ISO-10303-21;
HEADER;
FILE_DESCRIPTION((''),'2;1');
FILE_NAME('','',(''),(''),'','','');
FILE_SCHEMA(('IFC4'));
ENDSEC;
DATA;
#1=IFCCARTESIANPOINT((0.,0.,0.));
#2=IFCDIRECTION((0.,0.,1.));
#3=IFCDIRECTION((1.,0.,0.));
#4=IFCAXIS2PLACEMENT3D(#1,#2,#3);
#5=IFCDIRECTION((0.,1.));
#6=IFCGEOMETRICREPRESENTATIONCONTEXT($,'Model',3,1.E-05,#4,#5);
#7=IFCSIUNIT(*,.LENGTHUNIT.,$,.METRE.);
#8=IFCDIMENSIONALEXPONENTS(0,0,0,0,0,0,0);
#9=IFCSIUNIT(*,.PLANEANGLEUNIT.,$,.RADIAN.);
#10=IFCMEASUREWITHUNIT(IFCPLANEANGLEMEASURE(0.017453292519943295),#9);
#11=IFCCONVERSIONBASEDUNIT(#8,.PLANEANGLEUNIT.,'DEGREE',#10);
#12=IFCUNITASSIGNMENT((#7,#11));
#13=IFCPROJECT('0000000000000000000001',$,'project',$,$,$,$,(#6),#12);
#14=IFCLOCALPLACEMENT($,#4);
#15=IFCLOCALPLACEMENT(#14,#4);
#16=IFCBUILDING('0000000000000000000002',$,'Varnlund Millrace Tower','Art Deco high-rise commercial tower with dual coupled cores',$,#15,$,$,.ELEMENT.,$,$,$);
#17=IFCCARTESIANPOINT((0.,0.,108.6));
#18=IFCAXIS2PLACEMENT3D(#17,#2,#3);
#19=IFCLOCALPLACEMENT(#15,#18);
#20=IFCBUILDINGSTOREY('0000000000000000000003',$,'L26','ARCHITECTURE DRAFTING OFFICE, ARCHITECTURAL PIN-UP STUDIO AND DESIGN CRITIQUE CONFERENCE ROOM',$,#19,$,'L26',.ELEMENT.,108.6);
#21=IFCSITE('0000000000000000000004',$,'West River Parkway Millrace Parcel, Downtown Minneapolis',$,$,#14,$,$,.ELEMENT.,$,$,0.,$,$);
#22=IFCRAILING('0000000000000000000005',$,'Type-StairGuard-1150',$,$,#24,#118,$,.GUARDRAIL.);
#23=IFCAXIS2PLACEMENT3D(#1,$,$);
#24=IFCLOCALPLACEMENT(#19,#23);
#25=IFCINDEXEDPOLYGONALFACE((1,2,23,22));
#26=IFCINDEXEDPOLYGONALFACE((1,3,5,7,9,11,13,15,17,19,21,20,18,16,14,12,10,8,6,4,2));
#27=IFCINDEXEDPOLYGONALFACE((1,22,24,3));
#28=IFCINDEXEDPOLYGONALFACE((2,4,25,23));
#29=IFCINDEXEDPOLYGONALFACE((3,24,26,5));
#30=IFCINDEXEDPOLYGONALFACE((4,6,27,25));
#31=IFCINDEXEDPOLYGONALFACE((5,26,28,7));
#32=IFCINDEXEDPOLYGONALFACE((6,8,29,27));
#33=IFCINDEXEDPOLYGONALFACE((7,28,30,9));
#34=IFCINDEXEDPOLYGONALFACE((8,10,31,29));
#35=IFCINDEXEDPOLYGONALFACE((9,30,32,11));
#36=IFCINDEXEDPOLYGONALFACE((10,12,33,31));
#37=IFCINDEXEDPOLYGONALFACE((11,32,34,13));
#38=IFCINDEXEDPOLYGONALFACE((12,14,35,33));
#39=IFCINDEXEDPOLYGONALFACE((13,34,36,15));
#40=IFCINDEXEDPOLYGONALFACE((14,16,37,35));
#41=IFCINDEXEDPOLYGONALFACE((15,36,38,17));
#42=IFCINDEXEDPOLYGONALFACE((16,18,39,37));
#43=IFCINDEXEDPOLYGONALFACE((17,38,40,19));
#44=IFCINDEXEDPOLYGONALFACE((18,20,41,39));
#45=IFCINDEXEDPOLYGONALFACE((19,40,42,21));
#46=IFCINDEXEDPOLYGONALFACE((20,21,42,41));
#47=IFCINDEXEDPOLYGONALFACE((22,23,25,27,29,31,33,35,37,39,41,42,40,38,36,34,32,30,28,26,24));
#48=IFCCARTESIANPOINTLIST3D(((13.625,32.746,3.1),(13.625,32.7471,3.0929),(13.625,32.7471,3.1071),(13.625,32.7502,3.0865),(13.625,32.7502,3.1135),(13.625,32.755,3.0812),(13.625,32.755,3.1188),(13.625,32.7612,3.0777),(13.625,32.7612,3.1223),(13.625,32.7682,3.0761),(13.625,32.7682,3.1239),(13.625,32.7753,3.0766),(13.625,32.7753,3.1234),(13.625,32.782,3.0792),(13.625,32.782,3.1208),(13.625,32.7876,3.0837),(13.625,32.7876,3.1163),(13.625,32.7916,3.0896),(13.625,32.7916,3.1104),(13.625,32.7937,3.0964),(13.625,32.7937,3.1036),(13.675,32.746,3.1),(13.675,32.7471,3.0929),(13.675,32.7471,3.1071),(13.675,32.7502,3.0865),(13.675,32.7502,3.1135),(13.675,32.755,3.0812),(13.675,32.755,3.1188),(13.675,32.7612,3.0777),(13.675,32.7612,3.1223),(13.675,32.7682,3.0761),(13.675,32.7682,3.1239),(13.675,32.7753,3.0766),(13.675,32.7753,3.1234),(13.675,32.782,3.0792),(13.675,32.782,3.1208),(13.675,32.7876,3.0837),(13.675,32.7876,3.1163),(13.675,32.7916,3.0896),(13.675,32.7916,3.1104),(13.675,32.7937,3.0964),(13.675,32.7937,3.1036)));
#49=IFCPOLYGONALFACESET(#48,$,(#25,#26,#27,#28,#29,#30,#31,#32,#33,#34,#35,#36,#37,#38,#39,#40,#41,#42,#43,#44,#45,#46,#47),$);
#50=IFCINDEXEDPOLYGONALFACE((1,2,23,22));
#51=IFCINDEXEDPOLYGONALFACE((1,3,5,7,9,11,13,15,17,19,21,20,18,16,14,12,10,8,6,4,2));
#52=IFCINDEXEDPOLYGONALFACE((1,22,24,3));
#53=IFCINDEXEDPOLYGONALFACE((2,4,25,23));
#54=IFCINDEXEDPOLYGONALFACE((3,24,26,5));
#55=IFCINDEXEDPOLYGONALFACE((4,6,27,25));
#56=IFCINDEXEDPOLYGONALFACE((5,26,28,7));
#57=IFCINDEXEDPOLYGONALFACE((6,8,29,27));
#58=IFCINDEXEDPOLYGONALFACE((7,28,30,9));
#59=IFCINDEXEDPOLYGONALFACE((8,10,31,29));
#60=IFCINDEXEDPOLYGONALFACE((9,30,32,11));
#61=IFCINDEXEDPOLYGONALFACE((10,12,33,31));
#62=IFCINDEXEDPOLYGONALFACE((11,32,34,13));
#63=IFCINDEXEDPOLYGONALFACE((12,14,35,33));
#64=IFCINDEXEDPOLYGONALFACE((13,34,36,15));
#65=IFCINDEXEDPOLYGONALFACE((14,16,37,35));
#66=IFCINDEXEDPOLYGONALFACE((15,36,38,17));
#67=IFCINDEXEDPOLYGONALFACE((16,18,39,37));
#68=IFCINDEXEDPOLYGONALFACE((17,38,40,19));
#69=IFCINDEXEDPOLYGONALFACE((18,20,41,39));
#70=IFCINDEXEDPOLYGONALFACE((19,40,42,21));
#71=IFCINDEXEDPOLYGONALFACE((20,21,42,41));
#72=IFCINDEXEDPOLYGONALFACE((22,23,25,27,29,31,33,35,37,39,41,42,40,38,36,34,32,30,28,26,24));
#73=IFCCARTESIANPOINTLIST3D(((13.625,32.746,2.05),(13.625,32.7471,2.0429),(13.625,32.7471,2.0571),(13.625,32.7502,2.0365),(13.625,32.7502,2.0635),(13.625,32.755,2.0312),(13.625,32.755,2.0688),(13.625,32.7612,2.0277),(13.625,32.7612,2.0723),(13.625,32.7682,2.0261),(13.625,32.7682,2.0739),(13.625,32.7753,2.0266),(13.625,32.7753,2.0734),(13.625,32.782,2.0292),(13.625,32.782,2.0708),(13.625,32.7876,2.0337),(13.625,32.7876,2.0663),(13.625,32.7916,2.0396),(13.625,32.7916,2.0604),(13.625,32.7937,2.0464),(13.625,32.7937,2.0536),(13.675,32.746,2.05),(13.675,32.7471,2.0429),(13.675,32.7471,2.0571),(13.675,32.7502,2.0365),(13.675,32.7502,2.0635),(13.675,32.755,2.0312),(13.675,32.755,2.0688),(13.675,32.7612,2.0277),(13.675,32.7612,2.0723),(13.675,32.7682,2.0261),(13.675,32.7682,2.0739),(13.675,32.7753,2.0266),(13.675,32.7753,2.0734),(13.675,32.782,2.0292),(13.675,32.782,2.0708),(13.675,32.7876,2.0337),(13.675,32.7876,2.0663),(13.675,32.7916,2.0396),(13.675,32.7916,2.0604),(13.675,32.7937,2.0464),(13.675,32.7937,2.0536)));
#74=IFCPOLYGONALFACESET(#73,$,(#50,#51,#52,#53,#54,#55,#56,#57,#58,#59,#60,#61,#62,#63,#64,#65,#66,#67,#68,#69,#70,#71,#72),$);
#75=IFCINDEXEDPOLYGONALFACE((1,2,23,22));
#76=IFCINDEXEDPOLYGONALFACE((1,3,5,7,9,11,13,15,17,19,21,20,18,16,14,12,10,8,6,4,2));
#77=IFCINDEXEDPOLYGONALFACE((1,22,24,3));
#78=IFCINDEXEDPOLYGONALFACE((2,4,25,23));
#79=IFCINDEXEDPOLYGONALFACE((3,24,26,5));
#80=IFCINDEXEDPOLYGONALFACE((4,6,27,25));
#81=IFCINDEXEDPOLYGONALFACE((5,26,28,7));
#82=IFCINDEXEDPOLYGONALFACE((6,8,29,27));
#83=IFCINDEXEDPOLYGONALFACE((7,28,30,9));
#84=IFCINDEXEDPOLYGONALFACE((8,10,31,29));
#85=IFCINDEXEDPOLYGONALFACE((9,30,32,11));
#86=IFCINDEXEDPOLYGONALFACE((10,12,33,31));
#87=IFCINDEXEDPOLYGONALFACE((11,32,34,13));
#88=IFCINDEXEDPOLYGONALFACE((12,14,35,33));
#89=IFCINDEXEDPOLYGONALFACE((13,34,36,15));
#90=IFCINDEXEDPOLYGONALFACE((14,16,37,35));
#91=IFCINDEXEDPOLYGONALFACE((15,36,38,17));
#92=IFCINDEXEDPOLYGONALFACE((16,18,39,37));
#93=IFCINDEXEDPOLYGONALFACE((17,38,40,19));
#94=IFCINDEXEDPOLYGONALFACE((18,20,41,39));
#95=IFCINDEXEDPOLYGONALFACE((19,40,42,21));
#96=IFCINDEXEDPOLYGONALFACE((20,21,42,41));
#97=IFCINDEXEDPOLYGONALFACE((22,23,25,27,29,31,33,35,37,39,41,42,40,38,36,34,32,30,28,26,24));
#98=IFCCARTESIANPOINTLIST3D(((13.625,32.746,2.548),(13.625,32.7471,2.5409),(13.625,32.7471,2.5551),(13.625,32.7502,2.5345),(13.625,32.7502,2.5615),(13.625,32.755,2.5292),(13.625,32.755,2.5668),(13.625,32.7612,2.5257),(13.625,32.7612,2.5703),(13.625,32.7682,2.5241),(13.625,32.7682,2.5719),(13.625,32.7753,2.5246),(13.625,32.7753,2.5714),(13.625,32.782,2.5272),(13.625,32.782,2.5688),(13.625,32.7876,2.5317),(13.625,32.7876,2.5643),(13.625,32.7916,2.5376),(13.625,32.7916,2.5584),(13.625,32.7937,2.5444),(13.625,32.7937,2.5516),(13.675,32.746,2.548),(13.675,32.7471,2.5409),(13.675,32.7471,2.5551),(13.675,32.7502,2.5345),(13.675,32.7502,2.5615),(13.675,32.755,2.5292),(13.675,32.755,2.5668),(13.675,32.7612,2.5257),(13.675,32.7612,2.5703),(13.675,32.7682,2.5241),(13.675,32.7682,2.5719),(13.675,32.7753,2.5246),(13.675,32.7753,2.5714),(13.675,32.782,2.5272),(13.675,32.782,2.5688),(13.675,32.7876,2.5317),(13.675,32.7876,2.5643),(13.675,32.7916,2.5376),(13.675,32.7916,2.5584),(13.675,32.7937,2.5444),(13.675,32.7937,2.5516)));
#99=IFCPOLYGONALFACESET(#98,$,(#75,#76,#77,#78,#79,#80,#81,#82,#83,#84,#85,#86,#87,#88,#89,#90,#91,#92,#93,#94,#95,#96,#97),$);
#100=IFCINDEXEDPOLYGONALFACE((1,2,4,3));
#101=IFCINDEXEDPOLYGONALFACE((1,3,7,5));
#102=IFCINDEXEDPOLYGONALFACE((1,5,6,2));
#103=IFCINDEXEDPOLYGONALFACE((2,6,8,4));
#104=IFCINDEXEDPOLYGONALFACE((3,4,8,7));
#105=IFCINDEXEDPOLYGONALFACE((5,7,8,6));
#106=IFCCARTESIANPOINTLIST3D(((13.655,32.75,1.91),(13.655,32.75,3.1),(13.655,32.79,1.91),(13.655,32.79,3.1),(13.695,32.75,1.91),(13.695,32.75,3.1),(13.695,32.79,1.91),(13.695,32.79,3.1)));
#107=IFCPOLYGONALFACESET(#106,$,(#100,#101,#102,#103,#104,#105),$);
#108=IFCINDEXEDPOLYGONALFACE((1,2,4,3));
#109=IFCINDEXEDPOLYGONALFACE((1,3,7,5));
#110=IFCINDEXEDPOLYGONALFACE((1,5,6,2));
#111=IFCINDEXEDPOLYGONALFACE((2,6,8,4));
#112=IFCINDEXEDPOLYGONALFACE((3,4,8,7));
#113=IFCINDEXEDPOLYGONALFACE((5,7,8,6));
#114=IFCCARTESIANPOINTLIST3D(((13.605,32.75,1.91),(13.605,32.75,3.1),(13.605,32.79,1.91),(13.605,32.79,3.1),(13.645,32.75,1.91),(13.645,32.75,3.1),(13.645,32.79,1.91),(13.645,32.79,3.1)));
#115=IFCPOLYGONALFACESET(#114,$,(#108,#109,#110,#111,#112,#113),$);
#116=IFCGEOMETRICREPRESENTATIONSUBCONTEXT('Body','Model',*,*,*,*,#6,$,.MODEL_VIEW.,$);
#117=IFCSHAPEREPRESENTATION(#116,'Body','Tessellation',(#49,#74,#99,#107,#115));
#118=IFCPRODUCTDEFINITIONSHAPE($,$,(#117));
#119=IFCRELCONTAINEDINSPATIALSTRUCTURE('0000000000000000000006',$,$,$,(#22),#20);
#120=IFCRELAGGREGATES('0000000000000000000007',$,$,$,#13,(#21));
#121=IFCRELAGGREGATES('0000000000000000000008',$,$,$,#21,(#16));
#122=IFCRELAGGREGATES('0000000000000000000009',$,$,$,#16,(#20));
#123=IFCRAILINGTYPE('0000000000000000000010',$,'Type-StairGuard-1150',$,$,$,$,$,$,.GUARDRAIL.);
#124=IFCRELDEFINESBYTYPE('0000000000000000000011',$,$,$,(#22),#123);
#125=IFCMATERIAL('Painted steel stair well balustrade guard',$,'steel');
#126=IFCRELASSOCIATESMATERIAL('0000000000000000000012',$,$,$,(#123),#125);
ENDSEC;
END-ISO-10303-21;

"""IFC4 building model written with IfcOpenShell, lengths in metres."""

from ifc_helpers import new_model, entity, si_unit, converted_unit, direction, frame, origin_with_axes, origin_2d_with_axis, place, context, subcontext, project, spatial, rectangle, circle, extrude, material, type_object, element, save


model = new_model("IFC4")

# Units and contexts
model_context = context("Model", 3, precision=1e-05, world=origin_with_axes(), true_north=direction((0.0, 1.0)))
body_context = subcontext(model_context, "Body", "Model", "MODEL_VIEW")
ifc_project = project(units=[si_unit("LENGTHUNIT", "METRE"), converted_unit("PLANEANGLEUNIT", "DEGREE", entity("IfcPlaneAngleMeasure", 0.017453292519943295), si_unit("PLANEANGLEUNIT", "RADIAN"), dimensions=[0, 0, 0, 0, 0, 0, 0])], contexts=[model_context])

# Site, building, storey
site_placement = place(None, origin_with_axes())
site = spatial("IfcSite", under=ifc_project, at=site_placement, Name="West River Parkway Millrace Parcel, Downtown Minneapolis", CompositionType="ELEMENT", RefElevation=0.0)
building_placement = place(site_placement, origin_with_axes())
building = spatial("IfcBuilding", under=site, at=building_placement, Name="Varnlund Millrace Tower", Description="Art Deco high-rise commercial tower with dual coupled cores", CompositionType="ELEMENT")
storey_placement = place(building_placement, frame((0.0, 0.0, 108.6), z_axis=(0.0, 0.0, 1.0), x_axis=(1.0, 0.0, 0.0)))
storey = spatial("IfcBuildingStorey", under=building, at=storey_placement, Name="L26", Description="ARCHITECTURE DRAFTING OFFICE, ARCHITECTURAL PIN-UP STUDIO AND DESIGN CRITIQUE CONFERENCE ROOM", LongName="L26", CompositionType="ELEMENT", Elevation=108.6)

# Railing
ifc_material_1 = material(Name="Painted steel stair well balustrade guard", Category="steel")
railing_type_1 = type_object("IfcRailingType", Name="Type-StairGuard-1150", PredefinedType="GUARDRAIL", material=ifc_material_1)
railing_1_placement = place(storey_placement, frame((0.0, 0.0, -108.6), z_axis=(0.0, 0.0, 1.0), x_axis=(1.0, 0.0, 0.0)))
element("IfcRailing", 1, at=railing_1_placement, inside=storey, type_object=railing_type_1, Name="Type-StairGuard-1150", PredefinedType="GUARDRAIL", context=body_context, shape_type="SweptSolid", body=[
    extrude(circle(Radius=0.024, at=origin_2d_with_axis()), frame((13.675, 32.77, 111.7), z_axis=(-1.0, 0.0, 0.0), x_axis=(0.0, -1.0, 0.0)), (0.0, 0.0, 1.0), 0.05),
    extrude(circle(Radius=0.024, at=origin_2d_with_axis()), frame((13.675, 32.77, 110.65), z_axis=(-1.0, 0.0, 0.0), x_axis=(0.0, -1.0, 0.0)), (0.0, 0.0, 1.0), 0.05),
    extrude(circle(Radius=0.024, at=origin_2d_with_axis()), frame((13.675, 32.77, 111.148), z_axis=(-1.0, 0.0, 0.0), x_axis=(0.0, -1.0, 0.0)), (0.0, 0.0, 1.0), 0.05),
    extrude(rectangle(XDim=0.04, YDim=0.04, at=origin_2d_with_axis()), frame((13.675, 32.77, 110.51), z_axis=(0.0, 0.0, 1.0), x_axis=(1.0, 0.0, 0.0)), (0.0, 0.0, 1.0), 1.19),
    extrude(rectangle(XDim=0.04, YDim=0.04, at=origin_2d_with_axis()), frame((13.625, 32.77, 110.51), z_axis=(0.0, 0.0, 1.0), x_axis=(1.0, 0.0, 0.0)), (0.0, 0.0, 1.0), 1.19),
])

save(model, "model.ifc")
